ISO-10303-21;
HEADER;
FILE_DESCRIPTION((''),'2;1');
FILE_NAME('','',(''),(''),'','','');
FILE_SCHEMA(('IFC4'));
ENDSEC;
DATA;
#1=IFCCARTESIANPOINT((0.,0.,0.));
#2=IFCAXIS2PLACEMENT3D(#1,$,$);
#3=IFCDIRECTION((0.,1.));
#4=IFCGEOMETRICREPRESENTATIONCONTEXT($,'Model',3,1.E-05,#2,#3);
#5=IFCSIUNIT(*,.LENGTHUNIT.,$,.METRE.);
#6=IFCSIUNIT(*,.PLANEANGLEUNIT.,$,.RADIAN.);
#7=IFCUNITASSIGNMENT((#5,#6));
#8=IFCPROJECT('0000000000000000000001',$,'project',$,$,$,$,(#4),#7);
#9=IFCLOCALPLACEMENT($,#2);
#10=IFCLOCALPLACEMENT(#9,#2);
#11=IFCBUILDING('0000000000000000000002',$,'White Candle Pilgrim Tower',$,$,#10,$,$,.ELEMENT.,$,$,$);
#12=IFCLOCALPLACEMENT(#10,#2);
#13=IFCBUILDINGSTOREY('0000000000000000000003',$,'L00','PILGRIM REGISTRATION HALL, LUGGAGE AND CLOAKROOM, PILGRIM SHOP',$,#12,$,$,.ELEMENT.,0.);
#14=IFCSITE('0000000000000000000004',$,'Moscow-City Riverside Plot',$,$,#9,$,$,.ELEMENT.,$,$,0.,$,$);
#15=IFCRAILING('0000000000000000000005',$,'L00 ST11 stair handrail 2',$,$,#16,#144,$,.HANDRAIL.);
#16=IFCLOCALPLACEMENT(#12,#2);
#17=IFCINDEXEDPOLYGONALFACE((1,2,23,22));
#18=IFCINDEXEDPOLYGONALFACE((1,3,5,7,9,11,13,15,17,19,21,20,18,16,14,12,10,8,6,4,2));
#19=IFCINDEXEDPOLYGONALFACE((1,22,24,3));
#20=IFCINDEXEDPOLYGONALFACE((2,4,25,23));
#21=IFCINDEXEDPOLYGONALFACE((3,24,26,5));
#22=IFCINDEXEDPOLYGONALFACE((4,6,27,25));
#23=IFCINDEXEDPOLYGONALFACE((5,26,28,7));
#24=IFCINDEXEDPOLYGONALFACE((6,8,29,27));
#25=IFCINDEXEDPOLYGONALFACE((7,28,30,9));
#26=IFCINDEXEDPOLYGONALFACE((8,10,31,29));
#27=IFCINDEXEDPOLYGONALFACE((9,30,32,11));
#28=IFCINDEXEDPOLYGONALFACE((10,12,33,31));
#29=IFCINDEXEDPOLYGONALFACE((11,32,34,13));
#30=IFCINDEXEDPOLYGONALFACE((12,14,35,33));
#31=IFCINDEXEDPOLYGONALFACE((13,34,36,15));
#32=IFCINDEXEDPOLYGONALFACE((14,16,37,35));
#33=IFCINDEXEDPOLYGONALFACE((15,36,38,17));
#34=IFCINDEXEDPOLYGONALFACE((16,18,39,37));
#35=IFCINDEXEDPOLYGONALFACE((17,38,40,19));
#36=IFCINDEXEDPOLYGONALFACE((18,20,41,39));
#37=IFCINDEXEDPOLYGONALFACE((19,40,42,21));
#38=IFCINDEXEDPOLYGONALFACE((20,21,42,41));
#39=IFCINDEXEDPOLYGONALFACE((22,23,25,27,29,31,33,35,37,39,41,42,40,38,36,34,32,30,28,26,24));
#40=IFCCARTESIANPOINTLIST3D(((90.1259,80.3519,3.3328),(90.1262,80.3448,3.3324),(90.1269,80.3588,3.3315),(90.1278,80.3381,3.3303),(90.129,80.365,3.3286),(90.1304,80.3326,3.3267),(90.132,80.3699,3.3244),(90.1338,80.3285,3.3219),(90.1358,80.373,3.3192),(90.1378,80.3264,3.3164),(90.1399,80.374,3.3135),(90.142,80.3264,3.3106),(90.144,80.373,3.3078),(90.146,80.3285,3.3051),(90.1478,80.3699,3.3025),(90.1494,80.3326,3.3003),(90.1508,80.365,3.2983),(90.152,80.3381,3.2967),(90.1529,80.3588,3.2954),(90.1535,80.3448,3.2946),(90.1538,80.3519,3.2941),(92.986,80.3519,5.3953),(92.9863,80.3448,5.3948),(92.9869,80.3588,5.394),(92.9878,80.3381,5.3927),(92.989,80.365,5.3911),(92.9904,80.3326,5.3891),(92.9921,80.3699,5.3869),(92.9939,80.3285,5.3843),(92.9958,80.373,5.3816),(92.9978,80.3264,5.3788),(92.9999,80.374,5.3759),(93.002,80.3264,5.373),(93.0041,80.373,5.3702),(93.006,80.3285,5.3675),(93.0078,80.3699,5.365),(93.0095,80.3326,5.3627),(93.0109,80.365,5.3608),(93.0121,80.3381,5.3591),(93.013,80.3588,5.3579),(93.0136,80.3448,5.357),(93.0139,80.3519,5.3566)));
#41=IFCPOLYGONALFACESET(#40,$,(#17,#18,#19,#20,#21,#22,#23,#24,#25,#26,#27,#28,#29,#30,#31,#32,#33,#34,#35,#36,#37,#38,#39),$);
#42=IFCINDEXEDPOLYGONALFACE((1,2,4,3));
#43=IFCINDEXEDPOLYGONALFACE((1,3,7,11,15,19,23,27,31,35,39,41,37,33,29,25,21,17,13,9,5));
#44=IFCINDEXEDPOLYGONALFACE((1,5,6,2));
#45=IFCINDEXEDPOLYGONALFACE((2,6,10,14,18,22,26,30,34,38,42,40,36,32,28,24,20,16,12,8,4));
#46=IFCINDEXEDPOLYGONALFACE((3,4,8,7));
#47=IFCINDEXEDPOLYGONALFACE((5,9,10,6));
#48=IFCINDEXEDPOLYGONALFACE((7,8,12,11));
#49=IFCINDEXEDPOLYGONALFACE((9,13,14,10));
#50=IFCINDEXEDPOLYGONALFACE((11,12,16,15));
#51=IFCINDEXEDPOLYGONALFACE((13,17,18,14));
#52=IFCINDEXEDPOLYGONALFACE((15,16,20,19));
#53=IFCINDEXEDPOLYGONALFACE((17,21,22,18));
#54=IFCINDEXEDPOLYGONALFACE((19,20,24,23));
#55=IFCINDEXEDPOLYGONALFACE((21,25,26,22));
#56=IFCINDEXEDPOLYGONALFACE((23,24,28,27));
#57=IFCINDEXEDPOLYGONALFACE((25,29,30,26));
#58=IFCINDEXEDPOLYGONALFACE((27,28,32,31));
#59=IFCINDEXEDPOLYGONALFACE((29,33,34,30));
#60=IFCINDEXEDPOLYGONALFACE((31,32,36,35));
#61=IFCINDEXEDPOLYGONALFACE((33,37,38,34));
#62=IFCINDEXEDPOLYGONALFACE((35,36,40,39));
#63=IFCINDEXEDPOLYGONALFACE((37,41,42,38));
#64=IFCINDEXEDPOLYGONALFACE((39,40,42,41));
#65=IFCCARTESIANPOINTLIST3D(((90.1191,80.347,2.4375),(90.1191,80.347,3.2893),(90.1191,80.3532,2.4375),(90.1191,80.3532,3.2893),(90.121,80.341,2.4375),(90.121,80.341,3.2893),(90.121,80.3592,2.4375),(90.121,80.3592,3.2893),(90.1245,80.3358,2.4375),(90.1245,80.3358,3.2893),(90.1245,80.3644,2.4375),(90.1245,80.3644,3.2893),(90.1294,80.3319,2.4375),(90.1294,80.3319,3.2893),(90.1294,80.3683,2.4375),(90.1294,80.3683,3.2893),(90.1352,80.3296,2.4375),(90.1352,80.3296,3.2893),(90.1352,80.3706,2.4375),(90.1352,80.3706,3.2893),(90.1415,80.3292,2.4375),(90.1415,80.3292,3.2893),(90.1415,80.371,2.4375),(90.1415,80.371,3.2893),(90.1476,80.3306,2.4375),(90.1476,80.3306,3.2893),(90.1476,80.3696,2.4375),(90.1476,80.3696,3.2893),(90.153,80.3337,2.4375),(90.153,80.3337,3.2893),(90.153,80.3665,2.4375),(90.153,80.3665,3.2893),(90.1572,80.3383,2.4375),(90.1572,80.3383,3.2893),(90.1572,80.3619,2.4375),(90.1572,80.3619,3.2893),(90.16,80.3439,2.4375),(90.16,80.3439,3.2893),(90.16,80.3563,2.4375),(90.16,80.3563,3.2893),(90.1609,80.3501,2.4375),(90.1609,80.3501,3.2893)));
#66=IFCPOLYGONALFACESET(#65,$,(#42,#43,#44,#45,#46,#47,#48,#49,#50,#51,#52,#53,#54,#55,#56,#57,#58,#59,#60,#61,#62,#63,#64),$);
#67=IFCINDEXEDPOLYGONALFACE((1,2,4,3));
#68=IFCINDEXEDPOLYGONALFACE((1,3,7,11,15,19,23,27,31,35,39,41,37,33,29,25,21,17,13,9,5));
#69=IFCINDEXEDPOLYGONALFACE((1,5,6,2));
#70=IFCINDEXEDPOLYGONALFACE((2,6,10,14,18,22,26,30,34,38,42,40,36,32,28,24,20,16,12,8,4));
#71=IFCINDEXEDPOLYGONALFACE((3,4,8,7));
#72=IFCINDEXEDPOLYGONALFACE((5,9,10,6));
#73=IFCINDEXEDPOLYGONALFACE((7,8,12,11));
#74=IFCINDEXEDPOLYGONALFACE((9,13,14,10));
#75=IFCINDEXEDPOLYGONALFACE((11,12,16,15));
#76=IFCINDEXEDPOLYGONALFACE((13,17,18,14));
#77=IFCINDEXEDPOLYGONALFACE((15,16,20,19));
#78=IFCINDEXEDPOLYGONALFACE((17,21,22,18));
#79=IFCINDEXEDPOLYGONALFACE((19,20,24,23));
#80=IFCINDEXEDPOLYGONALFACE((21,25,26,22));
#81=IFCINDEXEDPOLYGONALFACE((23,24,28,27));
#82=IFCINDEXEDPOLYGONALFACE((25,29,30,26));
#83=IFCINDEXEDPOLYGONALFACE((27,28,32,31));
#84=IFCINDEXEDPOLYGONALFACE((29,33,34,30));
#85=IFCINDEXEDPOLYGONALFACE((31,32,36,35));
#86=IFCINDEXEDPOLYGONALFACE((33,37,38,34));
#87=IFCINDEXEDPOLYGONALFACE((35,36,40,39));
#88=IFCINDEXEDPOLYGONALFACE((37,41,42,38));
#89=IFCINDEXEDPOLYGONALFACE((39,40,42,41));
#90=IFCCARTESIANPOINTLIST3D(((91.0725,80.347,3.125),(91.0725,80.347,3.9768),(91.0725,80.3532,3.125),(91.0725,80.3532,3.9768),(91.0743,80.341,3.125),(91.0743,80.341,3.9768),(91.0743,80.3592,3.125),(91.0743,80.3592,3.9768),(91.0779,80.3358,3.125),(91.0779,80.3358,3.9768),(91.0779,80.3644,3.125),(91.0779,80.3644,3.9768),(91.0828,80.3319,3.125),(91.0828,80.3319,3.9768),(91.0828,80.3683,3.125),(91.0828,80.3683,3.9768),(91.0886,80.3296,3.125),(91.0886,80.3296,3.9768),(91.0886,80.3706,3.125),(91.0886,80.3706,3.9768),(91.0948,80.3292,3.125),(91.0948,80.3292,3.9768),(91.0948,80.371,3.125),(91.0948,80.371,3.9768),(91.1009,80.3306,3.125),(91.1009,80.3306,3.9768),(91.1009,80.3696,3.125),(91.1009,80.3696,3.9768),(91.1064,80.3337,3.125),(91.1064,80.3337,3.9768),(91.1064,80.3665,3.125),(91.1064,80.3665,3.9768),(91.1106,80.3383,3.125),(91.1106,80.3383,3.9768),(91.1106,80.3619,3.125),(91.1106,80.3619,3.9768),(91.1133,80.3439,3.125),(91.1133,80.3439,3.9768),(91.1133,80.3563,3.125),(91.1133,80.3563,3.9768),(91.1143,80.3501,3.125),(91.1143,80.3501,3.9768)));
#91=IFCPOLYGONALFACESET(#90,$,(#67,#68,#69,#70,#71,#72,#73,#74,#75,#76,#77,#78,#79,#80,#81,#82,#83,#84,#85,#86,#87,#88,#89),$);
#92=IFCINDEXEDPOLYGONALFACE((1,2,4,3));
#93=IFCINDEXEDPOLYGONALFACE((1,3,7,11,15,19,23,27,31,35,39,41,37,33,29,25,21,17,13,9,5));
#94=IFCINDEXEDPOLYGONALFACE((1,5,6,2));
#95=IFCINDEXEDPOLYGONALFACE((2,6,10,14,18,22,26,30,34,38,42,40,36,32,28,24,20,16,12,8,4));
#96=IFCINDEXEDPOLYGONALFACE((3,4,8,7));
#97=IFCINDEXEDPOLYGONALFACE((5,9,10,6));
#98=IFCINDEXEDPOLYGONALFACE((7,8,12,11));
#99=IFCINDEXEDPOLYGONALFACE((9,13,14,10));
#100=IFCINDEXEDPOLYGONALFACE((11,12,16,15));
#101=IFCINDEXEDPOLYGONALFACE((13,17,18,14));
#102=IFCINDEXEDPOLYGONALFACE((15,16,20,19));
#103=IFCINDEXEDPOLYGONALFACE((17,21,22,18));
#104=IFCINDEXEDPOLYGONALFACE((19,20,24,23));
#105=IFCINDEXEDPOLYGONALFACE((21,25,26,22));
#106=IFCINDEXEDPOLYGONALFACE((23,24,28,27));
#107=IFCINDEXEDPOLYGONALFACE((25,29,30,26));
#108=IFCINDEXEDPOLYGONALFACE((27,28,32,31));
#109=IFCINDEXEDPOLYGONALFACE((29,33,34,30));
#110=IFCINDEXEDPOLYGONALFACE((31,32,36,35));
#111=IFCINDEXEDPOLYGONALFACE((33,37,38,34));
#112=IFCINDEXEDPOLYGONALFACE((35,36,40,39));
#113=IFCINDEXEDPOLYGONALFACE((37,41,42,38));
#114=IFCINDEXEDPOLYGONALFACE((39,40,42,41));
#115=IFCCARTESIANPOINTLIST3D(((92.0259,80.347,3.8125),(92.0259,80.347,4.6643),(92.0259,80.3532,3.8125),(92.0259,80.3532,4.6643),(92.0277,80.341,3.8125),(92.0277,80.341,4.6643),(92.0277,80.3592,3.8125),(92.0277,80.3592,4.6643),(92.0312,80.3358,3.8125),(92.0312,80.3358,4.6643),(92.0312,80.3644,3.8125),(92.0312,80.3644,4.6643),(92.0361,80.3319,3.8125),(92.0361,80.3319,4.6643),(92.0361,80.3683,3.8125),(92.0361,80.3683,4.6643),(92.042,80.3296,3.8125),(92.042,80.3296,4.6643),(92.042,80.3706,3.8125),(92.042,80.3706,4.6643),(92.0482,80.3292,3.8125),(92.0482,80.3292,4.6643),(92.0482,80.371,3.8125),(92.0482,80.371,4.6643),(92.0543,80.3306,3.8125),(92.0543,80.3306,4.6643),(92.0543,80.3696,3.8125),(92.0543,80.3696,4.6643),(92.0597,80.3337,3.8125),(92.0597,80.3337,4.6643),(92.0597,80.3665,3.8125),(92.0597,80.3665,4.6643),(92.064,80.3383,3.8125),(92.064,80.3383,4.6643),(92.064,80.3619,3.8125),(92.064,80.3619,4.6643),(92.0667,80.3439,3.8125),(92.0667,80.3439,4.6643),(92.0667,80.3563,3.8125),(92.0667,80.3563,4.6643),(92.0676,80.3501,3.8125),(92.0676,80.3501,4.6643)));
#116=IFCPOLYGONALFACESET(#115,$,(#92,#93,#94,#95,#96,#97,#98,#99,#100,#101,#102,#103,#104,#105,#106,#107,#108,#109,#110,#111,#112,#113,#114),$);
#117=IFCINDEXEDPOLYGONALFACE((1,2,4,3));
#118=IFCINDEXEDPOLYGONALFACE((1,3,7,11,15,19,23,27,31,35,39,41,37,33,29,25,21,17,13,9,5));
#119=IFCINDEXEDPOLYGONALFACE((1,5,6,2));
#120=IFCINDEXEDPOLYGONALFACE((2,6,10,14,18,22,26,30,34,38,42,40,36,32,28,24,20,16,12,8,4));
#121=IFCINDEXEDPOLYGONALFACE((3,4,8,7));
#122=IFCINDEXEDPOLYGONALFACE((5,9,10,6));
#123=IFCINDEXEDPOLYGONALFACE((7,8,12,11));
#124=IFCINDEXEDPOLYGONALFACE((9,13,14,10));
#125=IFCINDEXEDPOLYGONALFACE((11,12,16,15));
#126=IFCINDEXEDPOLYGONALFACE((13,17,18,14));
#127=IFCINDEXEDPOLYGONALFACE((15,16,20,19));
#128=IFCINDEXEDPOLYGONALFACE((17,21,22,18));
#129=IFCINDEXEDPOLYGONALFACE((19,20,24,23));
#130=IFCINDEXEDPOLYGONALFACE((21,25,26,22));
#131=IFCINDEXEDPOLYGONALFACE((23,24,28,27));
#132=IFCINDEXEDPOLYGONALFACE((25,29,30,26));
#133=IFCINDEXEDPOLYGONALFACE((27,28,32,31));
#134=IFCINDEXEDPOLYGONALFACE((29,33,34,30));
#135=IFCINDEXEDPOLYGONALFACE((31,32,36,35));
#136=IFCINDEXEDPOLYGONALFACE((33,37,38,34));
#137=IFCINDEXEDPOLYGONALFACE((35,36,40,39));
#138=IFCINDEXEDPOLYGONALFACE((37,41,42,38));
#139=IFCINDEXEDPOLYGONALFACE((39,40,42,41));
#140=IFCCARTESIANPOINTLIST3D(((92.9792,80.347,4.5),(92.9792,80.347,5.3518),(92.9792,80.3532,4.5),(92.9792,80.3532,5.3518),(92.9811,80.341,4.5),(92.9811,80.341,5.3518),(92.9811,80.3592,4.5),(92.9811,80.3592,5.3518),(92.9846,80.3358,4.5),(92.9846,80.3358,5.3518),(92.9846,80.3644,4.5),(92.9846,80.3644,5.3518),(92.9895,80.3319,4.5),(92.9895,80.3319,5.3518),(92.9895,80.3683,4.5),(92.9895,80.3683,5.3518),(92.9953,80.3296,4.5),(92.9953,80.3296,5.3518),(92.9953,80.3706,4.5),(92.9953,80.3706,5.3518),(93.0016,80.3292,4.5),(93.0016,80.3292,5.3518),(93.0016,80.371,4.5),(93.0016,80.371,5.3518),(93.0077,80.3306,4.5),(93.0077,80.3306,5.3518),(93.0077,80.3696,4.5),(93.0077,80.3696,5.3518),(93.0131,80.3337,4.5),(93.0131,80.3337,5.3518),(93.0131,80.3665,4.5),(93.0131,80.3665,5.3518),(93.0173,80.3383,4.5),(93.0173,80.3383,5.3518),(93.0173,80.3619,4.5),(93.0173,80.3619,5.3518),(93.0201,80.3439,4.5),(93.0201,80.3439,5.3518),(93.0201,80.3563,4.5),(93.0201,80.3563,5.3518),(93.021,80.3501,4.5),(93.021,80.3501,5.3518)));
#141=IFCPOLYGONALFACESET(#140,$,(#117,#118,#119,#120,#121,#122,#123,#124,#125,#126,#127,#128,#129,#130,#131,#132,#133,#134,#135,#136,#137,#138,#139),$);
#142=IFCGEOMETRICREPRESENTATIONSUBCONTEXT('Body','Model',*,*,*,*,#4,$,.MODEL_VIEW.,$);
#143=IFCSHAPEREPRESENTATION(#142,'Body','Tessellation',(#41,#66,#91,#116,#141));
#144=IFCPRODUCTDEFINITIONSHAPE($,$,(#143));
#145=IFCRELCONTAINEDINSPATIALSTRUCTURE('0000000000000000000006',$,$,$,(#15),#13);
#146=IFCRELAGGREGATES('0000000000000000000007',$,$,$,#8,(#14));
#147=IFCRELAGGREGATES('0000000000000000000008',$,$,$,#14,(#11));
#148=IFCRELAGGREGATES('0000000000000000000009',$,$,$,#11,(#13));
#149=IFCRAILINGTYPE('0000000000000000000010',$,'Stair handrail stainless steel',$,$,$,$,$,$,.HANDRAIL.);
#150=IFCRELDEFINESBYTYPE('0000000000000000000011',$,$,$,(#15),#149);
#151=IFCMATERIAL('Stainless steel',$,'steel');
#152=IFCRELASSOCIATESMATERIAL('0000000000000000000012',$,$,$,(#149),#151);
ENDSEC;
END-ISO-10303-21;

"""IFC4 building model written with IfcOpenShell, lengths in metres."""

from ifc_helpers import new_model, si_unit, direction, frame, origin, origin_2d, place, context, subcontext, project, spatial, circle, extrude, material, type_object, element, save


model = new_model("IFC4")

# Units and contexts
model_context = context("Model", 3, precision=1e-05, world=origin(), true_north=direction((0.0, 1.0)))
body_context = subcontext(model_context, "Body", "Model", "MODEL_VIEW")
ifc_project = project(units=[si_unit("LENGTHUNIT", "METRE"), si_unit("PLANEANGLEUNIT", "RADIAN")], contexts=[model_context])

# Site, building, storey
site_placement = place(None, origin())
site = spatial("IfcSite", under=ifc_project, at=site_placement, Name="Moscow-City Riverside Plot", CompositionType="ELEMENT", RefElevation=0.0)
building_placement = place(site_placement, origin())
building = spatial("IfcBuilding", under=site, at=building_placement, Name="White Candle Pilgrim Tower", CompositionType="ELEMENT")
storey_placement = place(building_placement, origin())
storey = spatial("IfcBuildingStorey", under=building, at=storey_placement, Name="L00", Description="PILGRIM REGISTRATION HALL, LUGGAGE AND CLOAKROOM, PILGRIM SHOP", CompositionType="ELEMENT", Elevation=0.0)

# Railing
ifc_material_1 = material(Name="Stainless steel", Category="steel")
railing_type_1 = type_object("IfcRailingType", Name="Stair handrail stainless steel", PredefinedType="HANDRAIL", material=ifc_material_1)
for number, where, name in (
    (1, (90.1399, 80.3501, 2.4375), "L00 ST11 stair handrail 2"),
):
    element("IfcRailing", number, at=place(storey_placement, frame(where)), inside=storey, type_object=railing_type_1, Name=name, PredefinedType="HANDRAIL", context=body_context, shape_type="SweptSolid", body=[
        extrude(circle(Radius=0.0239, at=origin_2d()), frame((0.0, 0.0, 0.876), z_axis=(0.811101, 0.0, 0.584906), x_axis=(0.0, 1.0, 0.0)), (0.0, 0.0, 1.0), 3.5261),
        extrude(circle(Radius=0.021, at=origin_2d()), origin(), (0.0, 0.0, 1.0), 0.8518),
        extrude(circle(Radius=0.021, at=origin_2d()), frame((0.9534, 0.0, 0.6875)), (0.0, 0.0, 1.0), 0.8518),
        extrude(circle(Radius=0.021, at=origin_2d()), frame((1.9067, 0.0, 1.375)), (0.0, 0.0, 1.0), 0.8518),
        extrude(circle(Radius=0.021, at=origin_2d()), frame((2.8601, 0.0, 2.0625)), (0.0, 0.0, 1.0), 0.8518),
    ])

save(model, "model.ifc")
